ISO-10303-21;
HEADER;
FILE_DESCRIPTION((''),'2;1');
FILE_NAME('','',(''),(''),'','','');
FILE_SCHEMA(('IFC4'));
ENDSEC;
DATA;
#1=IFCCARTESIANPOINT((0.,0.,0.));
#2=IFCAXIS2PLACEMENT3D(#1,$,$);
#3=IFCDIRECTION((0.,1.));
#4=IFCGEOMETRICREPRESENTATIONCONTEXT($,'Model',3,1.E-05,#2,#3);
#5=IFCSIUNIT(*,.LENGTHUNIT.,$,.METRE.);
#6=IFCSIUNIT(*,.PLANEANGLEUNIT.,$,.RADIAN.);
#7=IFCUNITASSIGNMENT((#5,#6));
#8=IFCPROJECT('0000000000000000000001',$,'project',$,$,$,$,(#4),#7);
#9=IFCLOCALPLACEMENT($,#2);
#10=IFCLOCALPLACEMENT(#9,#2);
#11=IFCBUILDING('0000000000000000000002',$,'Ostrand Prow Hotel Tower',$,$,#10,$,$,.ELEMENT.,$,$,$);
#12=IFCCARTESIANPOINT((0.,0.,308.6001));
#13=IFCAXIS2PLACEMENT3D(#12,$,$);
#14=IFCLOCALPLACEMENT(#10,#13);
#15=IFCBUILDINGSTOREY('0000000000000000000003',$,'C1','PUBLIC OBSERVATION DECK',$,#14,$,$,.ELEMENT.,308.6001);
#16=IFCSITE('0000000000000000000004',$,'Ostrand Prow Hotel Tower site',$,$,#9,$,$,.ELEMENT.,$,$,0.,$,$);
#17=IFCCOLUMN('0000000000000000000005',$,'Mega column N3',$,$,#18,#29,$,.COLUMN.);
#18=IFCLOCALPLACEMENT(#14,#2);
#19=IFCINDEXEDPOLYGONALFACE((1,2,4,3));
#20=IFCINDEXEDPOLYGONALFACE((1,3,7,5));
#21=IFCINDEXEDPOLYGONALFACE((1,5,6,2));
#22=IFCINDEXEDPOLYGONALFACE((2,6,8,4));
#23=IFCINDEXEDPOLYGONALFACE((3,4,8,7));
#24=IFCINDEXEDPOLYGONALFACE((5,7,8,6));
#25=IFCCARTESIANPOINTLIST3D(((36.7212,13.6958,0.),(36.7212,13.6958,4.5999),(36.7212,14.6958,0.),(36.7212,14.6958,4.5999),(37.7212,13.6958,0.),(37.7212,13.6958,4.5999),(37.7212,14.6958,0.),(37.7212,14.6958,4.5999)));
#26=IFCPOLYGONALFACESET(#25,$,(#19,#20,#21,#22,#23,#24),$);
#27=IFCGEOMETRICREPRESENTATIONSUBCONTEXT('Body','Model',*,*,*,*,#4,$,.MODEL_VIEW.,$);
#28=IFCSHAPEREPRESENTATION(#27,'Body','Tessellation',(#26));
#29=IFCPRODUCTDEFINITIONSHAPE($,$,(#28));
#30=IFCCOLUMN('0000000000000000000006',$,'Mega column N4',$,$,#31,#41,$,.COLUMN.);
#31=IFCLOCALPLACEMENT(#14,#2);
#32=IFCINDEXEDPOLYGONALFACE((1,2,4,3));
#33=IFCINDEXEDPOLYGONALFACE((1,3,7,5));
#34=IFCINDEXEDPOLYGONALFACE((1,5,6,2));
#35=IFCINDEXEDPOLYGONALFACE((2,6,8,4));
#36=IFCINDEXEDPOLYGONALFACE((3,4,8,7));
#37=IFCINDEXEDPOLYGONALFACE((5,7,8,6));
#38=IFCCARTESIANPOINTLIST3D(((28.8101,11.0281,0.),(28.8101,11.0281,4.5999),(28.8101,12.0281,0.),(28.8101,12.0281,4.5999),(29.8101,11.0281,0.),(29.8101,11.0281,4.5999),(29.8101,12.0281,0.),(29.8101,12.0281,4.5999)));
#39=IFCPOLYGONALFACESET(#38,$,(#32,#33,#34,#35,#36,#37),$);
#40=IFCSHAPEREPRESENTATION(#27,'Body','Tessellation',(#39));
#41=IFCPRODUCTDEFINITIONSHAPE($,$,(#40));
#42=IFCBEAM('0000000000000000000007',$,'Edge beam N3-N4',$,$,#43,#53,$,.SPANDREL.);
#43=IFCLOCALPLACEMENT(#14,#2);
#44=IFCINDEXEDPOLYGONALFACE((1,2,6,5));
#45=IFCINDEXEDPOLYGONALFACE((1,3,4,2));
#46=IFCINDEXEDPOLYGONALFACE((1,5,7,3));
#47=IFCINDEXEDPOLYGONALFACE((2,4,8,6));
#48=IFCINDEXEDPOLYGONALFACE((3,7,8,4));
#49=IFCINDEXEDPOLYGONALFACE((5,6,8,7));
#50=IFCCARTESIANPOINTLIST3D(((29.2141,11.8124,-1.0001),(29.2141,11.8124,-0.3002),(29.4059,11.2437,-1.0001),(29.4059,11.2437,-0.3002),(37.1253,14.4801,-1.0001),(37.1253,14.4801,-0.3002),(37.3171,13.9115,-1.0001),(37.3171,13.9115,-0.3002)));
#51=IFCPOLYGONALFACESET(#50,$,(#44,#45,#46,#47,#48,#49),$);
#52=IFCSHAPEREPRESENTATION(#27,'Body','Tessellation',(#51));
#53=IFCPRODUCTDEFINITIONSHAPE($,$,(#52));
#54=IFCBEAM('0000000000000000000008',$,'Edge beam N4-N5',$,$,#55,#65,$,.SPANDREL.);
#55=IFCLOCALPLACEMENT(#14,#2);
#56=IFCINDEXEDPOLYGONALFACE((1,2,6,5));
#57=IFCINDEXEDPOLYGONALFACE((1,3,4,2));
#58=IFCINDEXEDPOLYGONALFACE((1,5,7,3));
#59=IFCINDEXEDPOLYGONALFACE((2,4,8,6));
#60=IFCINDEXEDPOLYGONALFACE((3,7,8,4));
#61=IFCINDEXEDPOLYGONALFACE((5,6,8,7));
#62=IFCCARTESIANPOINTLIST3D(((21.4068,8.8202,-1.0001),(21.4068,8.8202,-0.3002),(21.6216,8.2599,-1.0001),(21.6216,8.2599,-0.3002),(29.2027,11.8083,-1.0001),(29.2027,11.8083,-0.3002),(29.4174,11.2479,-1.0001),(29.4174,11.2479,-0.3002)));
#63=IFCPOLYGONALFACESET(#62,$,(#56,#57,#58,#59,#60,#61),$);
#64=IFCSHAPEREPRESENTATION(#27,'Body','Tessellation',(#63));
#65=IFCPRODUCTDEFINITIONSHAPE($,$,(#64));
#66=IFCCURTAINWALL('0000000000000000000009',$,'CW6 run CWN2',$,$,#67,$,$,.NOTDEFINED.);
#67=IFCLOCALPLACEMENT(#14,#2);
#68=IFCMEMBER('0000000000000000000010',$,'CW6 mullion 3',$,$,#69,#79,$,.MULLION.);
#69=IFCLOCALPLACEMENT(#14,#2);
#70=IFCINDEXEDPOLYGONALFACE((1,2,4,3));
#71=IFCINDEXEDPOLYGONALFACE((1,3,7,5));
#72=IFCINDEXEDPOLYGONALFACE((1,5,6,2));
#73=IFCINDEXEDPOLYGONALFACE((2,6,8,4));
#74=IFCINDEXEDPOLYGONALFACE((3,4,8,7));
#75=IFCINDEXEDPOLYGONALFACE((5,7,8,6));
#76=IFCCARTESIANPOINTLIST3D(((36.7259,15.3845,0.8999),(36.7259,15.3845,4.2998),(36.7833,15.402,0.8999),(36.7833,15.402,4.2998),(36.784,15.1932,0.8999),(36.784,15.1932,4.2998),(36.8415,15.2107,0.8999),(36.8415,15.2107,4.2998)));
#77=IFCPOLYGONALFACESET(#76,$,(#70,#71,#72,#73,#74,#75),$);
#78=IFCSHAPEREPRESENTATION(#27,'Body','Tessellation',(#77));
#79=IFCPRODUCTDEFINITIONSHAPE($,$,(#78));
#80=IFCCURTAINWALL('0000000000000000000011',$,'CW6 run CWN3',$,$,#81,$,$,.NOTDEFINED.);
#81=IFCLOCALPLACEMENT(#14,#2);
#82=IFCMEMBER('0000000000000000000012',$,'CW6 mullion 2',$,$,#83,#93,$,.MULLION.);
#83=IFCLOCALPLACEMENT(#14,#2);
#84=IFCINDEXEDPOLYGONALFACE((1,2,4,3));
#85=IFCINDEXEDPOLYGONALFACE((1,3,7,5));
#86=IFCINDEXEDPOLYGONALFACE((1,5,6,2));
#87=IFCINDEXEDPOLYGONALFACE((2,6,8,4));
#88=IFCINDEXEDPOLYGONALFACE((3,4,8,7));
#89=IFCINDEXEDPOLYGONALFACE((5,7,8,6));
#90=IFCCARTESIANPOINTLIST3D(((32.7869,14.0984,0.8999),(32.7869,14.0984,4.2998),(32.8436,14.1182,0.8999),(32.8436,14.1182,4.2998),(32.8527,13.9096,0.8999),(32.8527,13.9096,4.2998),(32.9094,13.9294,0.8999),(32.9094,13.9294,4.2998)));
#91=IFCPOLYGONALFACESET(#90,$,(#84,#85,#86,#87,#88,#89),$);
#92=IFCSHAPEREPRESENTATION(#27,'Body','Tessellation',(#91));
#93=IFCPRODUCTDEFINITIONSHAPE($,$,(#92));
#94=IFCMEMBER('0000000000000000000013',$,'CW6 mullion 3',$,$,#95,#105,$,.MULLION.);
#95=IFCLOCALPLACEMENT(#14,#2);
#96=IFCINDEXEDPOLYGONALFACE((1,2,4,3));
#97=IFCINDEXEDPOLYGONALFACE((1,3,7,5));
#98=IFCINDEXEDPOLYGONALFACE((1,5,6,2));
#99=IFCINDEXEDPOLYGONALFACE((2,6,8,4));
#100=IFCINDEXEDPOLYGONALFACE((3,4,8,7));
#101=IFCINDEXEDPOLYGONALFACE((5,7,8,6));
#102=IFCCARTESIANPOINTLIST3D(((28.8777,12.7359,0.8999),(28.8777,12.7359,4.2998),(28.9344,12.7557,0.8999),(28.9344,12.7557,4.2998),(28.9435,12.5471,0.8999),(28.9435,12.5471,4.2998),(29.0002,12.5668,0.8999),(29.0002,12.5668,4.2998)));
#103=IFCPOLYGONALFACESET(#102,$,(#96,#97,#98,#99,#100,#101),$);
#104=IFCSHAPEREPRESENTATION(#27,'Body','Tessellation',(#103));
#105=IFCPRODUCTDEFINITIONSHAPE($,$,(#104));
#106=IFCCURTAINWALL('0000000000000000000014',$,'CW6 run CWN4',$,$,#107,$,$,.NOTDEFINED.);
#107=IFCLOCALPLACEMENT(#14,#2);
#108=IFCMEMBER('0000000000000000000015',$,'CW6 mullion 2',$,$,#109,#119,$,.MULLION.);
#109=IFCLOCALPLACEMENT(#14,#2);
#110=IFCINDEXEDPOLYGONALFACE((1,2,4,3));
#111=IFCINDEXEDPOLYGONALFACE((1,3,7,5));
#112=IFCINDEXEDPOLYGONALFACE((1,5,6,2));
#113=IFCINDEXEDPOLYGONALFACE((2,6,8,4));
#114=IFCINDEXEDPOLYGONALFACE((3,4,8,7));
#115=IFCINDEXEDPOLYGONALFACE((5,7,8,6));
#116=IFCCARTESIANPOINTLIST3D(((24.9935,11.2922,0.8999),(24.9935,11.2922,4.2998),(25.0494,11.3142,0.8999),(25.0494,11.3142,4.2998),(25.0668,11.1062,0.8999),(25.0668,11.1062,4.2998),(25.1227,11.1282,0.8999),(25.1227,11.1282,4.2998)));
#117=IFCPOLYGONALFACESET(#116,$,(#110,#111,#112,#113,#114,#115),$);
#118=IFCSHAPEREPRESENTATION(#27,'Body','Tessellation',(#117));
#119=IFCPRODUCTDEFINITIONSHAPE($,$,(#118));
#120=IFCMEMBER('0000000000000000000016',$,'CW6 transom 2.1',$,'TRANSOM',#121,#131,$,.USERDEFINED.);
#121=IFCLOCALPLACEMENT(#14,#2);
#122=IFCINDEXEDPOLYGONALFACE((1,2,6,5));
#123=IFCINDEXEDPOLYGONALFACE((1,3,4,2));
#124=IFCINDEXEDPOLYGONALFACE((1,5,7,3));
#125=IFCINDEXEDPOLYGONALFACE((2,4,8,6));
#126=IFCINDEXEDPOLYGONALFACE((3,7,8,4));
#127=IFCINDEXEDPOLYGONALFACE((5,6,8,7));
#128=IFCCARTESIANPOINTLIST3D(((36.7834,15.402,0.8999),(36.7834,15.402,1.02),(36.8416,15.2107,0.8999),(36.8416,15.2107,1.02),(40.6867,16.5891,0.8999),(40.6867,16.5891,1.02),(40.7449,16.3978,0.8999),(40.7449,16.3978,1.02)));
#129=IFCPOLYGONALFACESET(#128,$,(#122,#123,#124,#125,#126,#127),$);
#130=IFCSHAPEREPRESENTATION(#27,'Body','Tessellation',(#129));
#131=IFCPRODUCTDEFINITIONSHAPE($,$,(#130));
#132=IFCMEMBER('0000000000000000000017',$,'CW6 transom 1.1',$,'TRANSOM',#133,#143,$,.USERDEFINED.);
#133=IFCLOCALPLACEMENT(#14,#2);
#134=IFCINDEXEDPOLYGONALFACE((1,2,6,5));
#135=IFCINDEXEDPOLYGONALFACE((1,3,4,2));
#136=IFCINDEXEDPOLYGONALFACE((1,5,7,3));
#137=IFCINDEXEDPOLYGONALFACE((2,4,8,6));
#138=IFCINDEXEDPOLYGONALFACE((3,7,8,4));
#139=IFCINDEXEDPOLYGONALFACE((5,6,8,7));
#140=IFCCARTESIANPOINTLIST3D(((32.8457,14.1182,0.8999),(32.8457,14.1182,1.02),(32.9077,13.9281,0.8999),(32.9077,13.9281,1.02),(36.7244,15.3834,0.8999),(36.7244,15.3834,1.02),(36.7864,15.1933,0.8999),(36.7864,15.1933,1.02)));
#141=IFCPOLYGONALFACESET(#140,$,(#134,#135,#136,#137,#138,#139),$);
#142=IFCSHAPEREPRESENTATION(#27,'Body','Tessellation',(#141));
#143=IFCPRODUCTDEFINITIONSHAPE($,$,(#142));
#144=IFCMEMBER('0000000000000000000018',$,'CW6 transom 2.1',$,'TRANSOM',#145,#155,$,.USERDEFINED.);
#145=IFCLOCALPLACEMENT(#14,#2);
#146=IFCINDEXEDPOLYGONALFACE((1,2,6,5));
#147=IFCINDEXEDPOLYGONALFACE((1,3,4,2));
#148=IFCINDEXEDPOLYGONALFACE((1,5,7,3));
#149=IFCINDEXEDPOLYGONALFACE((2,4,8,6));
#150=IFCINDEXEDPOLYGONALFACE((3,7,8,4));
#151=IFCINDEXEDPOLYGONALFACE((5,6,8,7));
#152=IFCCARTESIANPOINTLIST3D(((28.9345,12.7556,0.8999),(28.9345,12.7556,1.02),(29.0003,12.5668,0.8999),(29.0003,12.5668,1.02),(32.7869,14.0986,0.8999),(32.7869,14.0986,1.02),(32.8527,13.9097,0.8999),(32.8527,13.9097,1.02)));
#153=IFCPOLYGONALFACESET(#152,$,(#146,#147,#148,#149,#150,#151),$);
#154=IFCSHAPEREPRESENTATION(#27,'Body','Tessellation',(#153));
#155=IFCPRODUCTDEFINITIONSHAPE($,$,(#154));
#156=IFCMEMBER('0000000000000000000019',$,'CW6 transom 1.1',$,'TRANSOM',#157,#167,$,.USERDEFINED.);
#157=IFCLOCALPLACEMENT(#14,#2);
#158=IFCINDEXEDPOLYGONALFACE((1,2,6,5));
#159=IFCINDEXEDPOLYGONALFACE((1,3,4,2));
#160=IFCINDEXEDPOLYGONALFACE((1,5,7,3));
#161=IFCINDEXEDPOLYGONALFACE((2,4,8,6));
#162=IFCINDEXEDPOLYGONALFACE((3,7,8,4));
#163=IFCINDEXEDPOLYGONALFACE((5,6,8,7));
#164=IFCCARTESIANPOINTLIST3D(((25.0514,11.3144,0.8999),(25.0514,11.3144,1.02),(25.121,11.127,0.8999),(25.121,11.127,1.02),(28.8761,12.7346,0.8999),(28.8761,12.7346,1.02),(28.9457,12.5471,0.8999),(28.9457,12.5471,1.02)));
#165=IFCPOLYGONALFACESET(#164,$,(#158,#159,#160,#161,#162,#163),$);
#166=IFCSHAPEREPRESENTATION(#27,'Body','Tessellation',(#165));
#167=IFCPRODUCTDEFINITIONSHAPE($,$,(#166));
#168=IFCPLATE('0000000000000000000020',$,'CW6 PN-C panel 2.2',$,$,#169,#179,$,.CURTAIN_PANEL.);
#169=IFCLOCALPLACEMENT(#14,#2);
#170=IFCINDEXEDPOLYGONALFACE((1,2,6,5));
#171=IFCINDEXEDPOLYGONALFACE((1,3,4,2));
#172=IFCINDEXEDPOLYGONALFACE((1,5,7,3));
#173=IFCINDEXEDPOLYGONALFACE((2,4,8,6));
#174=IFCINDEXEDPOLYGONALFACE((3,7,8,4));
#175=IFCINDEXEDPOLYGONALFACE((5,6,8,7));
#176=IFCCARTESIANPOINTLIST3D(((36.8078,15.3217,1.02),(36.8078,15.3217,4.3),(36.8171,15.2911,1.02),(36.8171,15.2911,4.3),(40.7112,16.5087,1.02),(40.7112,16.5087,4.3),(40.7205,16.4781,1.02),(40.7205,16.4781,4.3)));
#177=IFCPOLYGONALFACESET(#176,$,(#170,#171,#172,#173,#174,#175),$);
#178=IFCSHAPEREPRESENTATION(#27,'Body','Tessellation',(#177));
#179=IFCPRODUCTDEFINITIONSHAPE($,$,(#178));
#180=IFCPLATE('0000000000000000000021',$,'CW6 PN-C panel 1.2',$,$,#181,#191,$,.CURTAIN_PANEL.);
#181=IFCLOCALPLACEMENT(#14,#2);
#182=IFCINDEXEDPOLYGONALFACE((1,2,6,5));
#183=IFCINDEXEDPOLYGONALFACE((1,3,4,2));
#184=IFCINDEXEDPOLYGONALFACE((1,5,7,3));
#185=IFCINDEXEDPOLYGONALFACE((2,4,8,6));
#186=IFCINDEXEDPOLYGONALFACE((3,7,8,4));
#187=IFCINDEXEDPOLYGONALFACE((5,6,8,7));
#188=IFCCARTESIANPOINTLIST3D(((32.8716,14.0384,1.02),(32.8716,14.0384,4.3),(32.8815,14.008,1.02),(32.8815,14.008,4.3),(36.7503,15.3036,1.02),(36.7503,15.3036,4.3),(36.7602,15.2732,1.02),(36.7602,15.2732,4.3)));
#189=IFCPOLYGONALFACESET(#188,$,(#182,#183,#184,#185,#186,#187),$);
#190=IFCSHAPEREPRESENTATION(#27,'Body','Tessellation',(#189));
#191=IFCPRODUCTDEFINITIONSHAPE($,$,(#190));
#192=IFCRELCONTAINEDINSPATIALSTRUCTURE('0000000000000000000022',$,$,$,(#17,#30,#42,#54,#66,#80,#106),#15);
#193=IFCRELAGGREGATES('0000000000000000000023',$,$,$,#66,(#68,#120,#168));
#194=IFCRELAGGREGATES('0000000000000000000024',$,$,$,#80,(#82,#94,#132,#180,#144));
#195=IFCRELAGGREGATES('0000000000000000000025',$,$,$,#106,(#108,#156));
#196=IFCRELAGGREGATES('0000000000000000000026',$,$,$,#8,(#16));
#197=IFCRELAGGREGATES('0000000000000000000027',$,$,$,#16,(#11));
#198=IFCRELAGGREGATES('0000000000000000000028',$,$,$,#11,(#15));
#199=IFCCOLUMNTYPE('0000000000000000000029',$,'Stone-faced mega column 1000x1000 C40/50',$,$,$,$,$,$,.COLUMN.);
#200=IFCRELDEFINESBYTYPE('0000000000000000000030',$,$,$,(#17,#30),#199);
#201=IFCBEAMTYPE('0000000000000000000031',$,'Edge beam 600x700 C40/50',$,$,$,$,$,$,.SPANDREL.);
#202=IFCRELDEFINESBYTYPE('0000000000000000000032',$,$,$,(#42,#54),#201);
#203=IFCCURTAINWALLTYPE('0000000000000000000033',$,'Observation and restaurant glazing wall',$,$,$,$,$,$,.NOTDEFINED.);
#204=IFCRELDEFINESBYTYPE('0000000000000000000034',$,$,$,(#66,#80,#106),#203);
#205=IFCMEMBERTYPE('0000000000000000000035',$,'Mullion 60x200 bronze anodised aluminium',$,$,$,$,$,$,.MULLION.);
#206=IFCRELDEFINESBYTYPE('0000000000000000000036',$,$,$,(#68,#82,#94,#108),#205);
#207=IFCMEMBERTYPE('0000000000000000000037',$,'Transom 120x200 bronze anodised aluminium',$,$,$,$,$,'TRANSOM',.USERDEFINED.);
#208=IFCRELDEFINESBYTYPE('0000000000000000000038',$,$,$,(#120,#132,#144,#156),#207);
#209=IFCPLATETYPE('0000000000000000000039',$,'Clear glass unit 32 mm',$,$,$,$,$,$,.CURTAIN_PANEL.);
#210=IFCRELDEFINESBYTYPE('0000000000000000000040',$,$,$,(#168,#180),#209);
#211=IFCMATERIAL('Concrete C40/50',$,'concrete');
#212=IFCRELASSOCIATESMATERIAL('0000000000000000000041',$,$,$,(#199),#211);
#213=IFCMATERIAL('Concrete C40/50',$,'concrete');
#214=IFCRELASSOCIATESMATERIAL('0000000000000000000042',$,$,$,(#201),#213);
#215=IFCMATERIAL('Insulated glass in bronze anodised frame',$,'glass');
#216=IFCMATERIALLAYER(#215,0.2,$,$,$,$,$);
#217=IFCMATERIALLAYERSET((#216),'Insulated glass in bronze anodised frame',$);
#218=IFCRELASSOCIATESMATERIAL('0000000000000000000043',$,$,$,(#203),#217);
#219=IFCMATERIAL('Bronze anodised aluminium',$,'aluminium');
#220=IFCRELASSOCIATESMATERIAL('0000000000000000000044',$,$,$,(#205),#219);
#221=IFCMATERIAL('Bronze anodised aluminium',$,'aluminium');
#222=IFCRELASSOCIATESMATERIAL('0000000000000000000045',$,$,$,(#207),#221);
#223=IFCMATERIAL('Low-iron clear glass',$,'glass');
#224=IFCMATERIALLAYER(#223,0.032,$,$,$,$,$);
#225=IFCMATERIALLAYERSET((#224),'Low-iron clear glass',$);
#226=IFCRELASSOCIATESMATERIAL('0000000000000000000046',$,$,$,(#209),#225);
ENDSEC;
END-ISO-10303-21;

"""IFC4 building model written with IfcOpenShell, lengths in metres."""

from ifc_helpers import new_model, si_unit, direction, frame, origin, origin_2d, place, context, subcontext, project, spatial, rectangle, extrude, material, layer, layer_set, material_profile, profile_set, type_object, element, aggregate, save


model = new_model("IFC4")

# Units and contexts
model_context = context("Model", 3, precision=1e-05, world=origin(), true_north=direction((0.0, 1.0)))
body_context = subcontext(model_context, "Body", "Model", "MODEL_VIEW")
ifc_project = project(units=[si_unit("LENGTHUNIT", "METRE"), si_unit("PLANEANGLEUNIT", "RADIAN")], contexts=[model_context])

# Site, building, storey
site_placement = place(None, origin())
site = spatial("IfcSite", under=ifc_project, at=site_placement, Name="Ostrand Prow Hotel Tower site", CompositionType="ELEMENT", RefElevation=0.0)
building_placement = place(site_placement, origin())
building = spatial("IfcBuilding", under=site, at=building_placement, Name="Ostrand Prow Hotel Tower", CompositionType="ELEMENT")
storey_placement = place(building_placement, frame((0.0, 0.0, 308.6001)))
storey = spatial("IfcBuildingStorey", under=building, at=storey_placement, Name="C1", Description="PUBLIC OBSERVATION DECK", CompositionType="ELEMENT", Elevation=308.6001)

# Columns
ifc_material_1 = material(Name="Concrete C40/50", Category="concrete")
ifc_material_profile_1 = material_profile(ifc_material_1, rectangle(XDim=1.0, YDim=1.0, at=origin_2d()), Name="RC 1000x1000")
ifc_profile_set_1 = profile_set([ifc_material_profile_1], Name="Concrete C40/50")
column_type = type_object("IfcColumnType", Name="Stone-faced mega column 1000x1000 C40/50", PredefinedType="COLUMN", material=ifc_profile_set_1)
for number, where, z_axis, x_axis, name in (
    (1, (37.2212, 14.1958, 0.0), (0.0, 0.0, 1.0), (1.0, 0.0, 0.0), "Mega column N3"),
    (2, (29.3101, 11.5281, 0.0), (0.0, 0.0, 1.0), (1.0, 0.0, 0.0), "Mega column N4"),
):
    element("IfcColumn", number, at=place(storey_placement, frame(where, z_axis=z_axis, x_axis=x_axis)), inside=storey, type_object=column_type, Name=name, PredefinedType="COLUMN", context=body_context, shape_type="SweptSolid", body=[
        extrude(rectangle(XDim=1.0, YDim=1.0, at=origin_2d()), origin(), (0.0, 0.0, 1.0), 4.5999),
    ])

# Beams
ifc_material_2 = material(Name="Concrete C40/50", Category="concrete")
ifc_material_profile_2 = material_profile(ifc_material_2, rectangle(XDim=0.6001, YDim=0.7, at=origin_2d()), Name="RC 600x700")
ifc_profile_set_2 = profile_set([ifc_material_profile_2], Name="Concrete C40/50")
beam_type = type_object("IfcBeamType", Name="Edge beam 600x700 C40/50", PredefinedType="SPANDREL", material=ifc_profile_set_2)
for number, where, z_axis, x_axis, name in (
    (3, (37.2212, 14.1958, -0.6501), (-0.947575, -0.319533, 0.0), (0.319533, -0.947575, 0.0), "Edge beam N3-N4"),
    (4, (29.3101, 11.5281, -0.6501), (-0.933762, -0.357895, 0.0), (0.357895, -0.933762, 0.0), "Edge beam N4-N5"),
):
    element("IfcBeam", number, at=place(storey_placement, frame(where, z_axis=z_axis, x_axis=x_axis)), inside=storey, type_object=beam_type, Name=name, PredefinedType="SPANDREL", context=body_context, shape_type="SweptSolid", body=[
        extrude(rectangle(XDim=0.6001, YDim=0.7, at=origin_2d()), origin(), (0.0, 0.0, 1.0), 8.3489),
    ])

# Curtain wall, member
ifc_material_3 = material(Name="Insulated glass in bronze anodised frame", Category="glass")
ifc_layer_1 = layer(ifc_material_3, 0.2)
ifc_layer_set_1 = layer_set([ifc_layer_1], Name="Insulated glass in bronze anodised frame")
curtain_wall_type = type_object("IfcCurtainWallType", Name="Observation and restaurant glazing wall", PredefinedType="NOTDEFINED", material=ifc_layer_set_1)
curtain_wall_1_placement = place(storey_placement, origin())
curtain_wall_1 = element("IfcCurtainWall", 5, at=curtain_wall_1_placement, inside=storey, type_object=curtain_wall_type, Name="CW6 run CWN2", PredefinedType="NOTDEFINED")
ifc_material_4 = material(Name="Bronze anodised aluminium", Category="aluminium")
ifc_material_profile_3 = material_profile(ifc_material_4, rectangle(XDim=0.2, YDim=0.0601, at=origin_2d()), Name="Mullion 60x200 bronze anodised aluminium")
ifc_profile_set_3 = profile_set([ifc_material_profile_3], Name="Bronze anodised aluminium")
member_type_1 = type_object("IfcMemberType", Name="Mullion 60x200 bronze anodised aluminium", PredefinedType="MULLION", material=ifc_profile_set_3)
member_1_placement = place(storey_placement, frame((36.7837, 15.2976, 0.8999), z_axis=(0.0, 0.0, 1.0), x_axis=(0.290938, -0.956742, 0.0)))
member_1 = element("IfcMember", 6, at=member_1_placement, type_object=member_type_1, Name="CW6 mullion 3", PredefinedType="MULLION", context=body_context, shape_type="SweptSolid", body=[
    extrude(rectangle(XDim=0.2, YDim=0.0601, at=origin_2d()), origin(), (0.0, 0.0, 1.0), 3.3999),
])

# Curtain wall, members
curtain_wall_2_placement = place(storey_placement, origin())
curtain_wall_2 = element("IfcCurtainWall", 7, at=curtain_wall_2_placement, inside=storey, type_object=curtain_wall_type, Name="CW6 run CWN3", PredefinedType="NOTDEFINED")
member_2_placement = place(storey_placement, frame((32.8481, 14.0139, 0.8999), z_axis=(0.0, 0.0, 1.0), x_axis=(0.329158, -0.944275, 0.0)))
member_2 = element("IfcMember", 8, at=member_2_placement, type_object=member_type_1, Name="CW6 mullion 2", PredefinedType="MULLION", context=body_context, shape_type="SweptSolid", body=[
    extrude(rectangle(XDim=0.2, YDim=0.0601, at=origin_2d()), origin(), (0.0, 0.0, 1.0), 3.3999),
])
member_3_placement = place(storey_placement, frame((28.939, 12.6514, 0.8999), z_axis=(0.0, 0.0, 1.0), x_axis=(0.329158, -0.944275, 0.0)))
member_3 = element("IfcMember", 9, at=member_3_placement, type_object=member_type_1, Name="CW6 mullion 3", PredefinedType="MULLION", context=body_context, shape_type="SweptSolid", body=[
    extrude(rectangle(XDim=0.2, YDim=0.0601, at=origin_2d()), origin(), (0.0, 0.0, 1.0), 3.3999),
])

# Curtain wall, member
curtain_wall_3_placement = place(storey_placement, origin())
curtain_wall_3 = element("IfcCurtainWall", 10, at=curtain_wall_3_placement, inside=storey, type_object=curtain_wall_type, Name="CW6 run CWN4", PredefinedType="NOTDEFINED")
member_4_placement = place(storey_placement, frame((25.0581, 11.2102, 0.8999), z_axis=(0.0, 0.0, 1.0), x_axis=(0.366845, -0.930282, 0.0)))
member_4 = element("IfcMember", 11, at=member_4_placement, type_object=member_type_1, Name="CW6 mullion 2", PredefinedType="MULLION", context=body_context, shape_type="SweptSolid", body=[
    extrude(rectangle(XDim=0.2, YDim=0.0601, at=origin_2d()), origin(), (0.0, 0.0, 1.0), 3.3999),
])

# Members
ifc_material_5 = material(Name="Bronze anodised aluminium", Category="aluminium")
ifc_material_profile_4 = material_profile(ifc_material_5, rectangle(XDim=0.2, YDim=0.1201, at=origin_2d()), Name="Transom 120x200 bronze anodised aluminium")
ifc_profile_set_4 = profile_set([ifc_material_profile_4], Name="Bronze anodised aluminium")
member_type_2 = type_object("IfcMemberType", Name="Transom 120x200 bronze anodised aluminium", ElementType="TRANSOM", PredefinedType="USERDEFINED", material=ifc_profile_set_4)
member_5_placement = place(storey_placement, frame((40.7158, 16.4934, 0.96), z_axis=(-0.956739, -0.290947, 0.0), x_axis=(0.290947, -0.956739, 0.0)))
member_5 = element("IfcMember", 12, at=member_5_placement, type_object=member_type_2, Name="CW6 transom 2.1", ObjectType="TRANSOM", PredefinedType="USERDEFINED", context=body_context, shape_type="SweptSolid", body=[
    extrude(rectangle(XDim=0.2, YDim=0.1201, at=origin_2d()), origin(), (0.0, 0.0, 1.0), 4.0798),
])
member_6_placement = place(storey_placement, frame((36.7554, 15.2883, 0.96), z_axis=(-0.950704, -0.310099, 0.0), x_axis=(0.310099, -0.950704, 0.0)))
member_6 = element("IfcMember", 13, at=member_6_placement, type_object=member_type_2, Name="CW6 transom 1.1", ObjectType="TRANSOM", PredefinedType="USERDEFINED", context=body_context, shape_type="SweptSolid", body=[
    extrude(rectangle(XDim=0.2, YDim=0.1201, at=origin_2d()), origin(), (0.0, 0.0, 1.0), 4.0798),
])
member_7_placement = place(storey_placement, frame((32.8198, 14.0042, 0.96), z_axis=(-0.944268, -0.329177, 0.0), x_axis=(0.329177, -0.944268, 0.0)))
member_7 = element("IfcMember", 14, at=member_7_placement, type_object=member_type_2, Name="CW6 transom 2.1", ObjectType="TRANSOM", PredefinedType="USERDEFINED", context=body_context, shape_type="SweptSolid", body=[
    extrude(rectangle(XDim=0.2, YDim=0.1201, at=origin_2d()), origin(), (0.0, 0.0, 1.0), 4.0798),
])
member_8_placement = place(storey_placement, frame((28.9109, 12.6409, 0.96), z_axis=(-0.93746, -0.348092, 0.0), x_axis=(0.348092, -0.93746, 0.0)))
member_8 = element("IfcMember", 15, at=member_8_placement, type_object=member_type_2, Name="CW6 transom 1.1", ObjectType="TRANSOM", PredefinedType="USERDEFINED", context=body_context, shape_type="SweptSolid", body=[
    extrude(rectangle(XDim=0.2, YDim=0.1201, at=origin_2d()), origin(), (0.0, 0.0, 1.0), 4.0798),
])

# Plates
ifc_material_6 = material(Name="Low-iron clear glass", Category="glass")
ifc_layer_2 = layer(ifc_material_6, 0.032)
ifc_layer_set_2 = layer_set([ifc_layer_2], Name="Low-iron clear glass")
plate_type = type_object("IfcPlateType", Name="Clear glass unit 32 mm", PredefinedType="CURTAIN_PANEL", material=ifc_layer_set_2)
plate_1_placement = place(storey_placement, frame((38.7642, 15.8999, 1.02), z_axis=(0.0, 0.0, 1.0), x_axis=(-0.956742, -0.290938, 0.0)))
plate_1 = element("IfcPlate", 16, at=plate_1_placement, type_object=plate_type, Name="CW6 PN-C panel 2.2", PredefinedType="CURTAIN_PANEL", context=body_context, shape_type="SweptSolid", body=[
    extrude(rectangle(XDim=4.0798, YDim=0.032, at=origin_2d()), origin(), (0.0, 0.0, 1.0), 3.28),
])
aggregate(curtain_wall_1, [member_1, member_5, plate_1])
plate_2_placement = place(storey_placement, frame((34.8159, 14.6558, 1.02), z_axis=(0.0, 0.0, 1.0), x_axis=(-0.9507, -0.310111, 0.0)))
plate_2 = element("IfcPlate", 17, at=plate_2_placement, type_object=plate_type, Name="CW6 PN-C panel 1.2", PredefinedType="CURTAIN_PANEL", context=body_context, shape_type="SweptSolid", body=[
    extrude(rectangle(XDim=4.0798, YDim=0.032, at=origin_2d()), origin(), (0.0, 0.0, 1.0), 3.28),
])
aggregate(curtain_wall_2, [member_2, member_3, member_6, plate_2, member_7])
aggregate(curtain_wall_3, [member_4, member_8])

save(model, "model.ifc")
